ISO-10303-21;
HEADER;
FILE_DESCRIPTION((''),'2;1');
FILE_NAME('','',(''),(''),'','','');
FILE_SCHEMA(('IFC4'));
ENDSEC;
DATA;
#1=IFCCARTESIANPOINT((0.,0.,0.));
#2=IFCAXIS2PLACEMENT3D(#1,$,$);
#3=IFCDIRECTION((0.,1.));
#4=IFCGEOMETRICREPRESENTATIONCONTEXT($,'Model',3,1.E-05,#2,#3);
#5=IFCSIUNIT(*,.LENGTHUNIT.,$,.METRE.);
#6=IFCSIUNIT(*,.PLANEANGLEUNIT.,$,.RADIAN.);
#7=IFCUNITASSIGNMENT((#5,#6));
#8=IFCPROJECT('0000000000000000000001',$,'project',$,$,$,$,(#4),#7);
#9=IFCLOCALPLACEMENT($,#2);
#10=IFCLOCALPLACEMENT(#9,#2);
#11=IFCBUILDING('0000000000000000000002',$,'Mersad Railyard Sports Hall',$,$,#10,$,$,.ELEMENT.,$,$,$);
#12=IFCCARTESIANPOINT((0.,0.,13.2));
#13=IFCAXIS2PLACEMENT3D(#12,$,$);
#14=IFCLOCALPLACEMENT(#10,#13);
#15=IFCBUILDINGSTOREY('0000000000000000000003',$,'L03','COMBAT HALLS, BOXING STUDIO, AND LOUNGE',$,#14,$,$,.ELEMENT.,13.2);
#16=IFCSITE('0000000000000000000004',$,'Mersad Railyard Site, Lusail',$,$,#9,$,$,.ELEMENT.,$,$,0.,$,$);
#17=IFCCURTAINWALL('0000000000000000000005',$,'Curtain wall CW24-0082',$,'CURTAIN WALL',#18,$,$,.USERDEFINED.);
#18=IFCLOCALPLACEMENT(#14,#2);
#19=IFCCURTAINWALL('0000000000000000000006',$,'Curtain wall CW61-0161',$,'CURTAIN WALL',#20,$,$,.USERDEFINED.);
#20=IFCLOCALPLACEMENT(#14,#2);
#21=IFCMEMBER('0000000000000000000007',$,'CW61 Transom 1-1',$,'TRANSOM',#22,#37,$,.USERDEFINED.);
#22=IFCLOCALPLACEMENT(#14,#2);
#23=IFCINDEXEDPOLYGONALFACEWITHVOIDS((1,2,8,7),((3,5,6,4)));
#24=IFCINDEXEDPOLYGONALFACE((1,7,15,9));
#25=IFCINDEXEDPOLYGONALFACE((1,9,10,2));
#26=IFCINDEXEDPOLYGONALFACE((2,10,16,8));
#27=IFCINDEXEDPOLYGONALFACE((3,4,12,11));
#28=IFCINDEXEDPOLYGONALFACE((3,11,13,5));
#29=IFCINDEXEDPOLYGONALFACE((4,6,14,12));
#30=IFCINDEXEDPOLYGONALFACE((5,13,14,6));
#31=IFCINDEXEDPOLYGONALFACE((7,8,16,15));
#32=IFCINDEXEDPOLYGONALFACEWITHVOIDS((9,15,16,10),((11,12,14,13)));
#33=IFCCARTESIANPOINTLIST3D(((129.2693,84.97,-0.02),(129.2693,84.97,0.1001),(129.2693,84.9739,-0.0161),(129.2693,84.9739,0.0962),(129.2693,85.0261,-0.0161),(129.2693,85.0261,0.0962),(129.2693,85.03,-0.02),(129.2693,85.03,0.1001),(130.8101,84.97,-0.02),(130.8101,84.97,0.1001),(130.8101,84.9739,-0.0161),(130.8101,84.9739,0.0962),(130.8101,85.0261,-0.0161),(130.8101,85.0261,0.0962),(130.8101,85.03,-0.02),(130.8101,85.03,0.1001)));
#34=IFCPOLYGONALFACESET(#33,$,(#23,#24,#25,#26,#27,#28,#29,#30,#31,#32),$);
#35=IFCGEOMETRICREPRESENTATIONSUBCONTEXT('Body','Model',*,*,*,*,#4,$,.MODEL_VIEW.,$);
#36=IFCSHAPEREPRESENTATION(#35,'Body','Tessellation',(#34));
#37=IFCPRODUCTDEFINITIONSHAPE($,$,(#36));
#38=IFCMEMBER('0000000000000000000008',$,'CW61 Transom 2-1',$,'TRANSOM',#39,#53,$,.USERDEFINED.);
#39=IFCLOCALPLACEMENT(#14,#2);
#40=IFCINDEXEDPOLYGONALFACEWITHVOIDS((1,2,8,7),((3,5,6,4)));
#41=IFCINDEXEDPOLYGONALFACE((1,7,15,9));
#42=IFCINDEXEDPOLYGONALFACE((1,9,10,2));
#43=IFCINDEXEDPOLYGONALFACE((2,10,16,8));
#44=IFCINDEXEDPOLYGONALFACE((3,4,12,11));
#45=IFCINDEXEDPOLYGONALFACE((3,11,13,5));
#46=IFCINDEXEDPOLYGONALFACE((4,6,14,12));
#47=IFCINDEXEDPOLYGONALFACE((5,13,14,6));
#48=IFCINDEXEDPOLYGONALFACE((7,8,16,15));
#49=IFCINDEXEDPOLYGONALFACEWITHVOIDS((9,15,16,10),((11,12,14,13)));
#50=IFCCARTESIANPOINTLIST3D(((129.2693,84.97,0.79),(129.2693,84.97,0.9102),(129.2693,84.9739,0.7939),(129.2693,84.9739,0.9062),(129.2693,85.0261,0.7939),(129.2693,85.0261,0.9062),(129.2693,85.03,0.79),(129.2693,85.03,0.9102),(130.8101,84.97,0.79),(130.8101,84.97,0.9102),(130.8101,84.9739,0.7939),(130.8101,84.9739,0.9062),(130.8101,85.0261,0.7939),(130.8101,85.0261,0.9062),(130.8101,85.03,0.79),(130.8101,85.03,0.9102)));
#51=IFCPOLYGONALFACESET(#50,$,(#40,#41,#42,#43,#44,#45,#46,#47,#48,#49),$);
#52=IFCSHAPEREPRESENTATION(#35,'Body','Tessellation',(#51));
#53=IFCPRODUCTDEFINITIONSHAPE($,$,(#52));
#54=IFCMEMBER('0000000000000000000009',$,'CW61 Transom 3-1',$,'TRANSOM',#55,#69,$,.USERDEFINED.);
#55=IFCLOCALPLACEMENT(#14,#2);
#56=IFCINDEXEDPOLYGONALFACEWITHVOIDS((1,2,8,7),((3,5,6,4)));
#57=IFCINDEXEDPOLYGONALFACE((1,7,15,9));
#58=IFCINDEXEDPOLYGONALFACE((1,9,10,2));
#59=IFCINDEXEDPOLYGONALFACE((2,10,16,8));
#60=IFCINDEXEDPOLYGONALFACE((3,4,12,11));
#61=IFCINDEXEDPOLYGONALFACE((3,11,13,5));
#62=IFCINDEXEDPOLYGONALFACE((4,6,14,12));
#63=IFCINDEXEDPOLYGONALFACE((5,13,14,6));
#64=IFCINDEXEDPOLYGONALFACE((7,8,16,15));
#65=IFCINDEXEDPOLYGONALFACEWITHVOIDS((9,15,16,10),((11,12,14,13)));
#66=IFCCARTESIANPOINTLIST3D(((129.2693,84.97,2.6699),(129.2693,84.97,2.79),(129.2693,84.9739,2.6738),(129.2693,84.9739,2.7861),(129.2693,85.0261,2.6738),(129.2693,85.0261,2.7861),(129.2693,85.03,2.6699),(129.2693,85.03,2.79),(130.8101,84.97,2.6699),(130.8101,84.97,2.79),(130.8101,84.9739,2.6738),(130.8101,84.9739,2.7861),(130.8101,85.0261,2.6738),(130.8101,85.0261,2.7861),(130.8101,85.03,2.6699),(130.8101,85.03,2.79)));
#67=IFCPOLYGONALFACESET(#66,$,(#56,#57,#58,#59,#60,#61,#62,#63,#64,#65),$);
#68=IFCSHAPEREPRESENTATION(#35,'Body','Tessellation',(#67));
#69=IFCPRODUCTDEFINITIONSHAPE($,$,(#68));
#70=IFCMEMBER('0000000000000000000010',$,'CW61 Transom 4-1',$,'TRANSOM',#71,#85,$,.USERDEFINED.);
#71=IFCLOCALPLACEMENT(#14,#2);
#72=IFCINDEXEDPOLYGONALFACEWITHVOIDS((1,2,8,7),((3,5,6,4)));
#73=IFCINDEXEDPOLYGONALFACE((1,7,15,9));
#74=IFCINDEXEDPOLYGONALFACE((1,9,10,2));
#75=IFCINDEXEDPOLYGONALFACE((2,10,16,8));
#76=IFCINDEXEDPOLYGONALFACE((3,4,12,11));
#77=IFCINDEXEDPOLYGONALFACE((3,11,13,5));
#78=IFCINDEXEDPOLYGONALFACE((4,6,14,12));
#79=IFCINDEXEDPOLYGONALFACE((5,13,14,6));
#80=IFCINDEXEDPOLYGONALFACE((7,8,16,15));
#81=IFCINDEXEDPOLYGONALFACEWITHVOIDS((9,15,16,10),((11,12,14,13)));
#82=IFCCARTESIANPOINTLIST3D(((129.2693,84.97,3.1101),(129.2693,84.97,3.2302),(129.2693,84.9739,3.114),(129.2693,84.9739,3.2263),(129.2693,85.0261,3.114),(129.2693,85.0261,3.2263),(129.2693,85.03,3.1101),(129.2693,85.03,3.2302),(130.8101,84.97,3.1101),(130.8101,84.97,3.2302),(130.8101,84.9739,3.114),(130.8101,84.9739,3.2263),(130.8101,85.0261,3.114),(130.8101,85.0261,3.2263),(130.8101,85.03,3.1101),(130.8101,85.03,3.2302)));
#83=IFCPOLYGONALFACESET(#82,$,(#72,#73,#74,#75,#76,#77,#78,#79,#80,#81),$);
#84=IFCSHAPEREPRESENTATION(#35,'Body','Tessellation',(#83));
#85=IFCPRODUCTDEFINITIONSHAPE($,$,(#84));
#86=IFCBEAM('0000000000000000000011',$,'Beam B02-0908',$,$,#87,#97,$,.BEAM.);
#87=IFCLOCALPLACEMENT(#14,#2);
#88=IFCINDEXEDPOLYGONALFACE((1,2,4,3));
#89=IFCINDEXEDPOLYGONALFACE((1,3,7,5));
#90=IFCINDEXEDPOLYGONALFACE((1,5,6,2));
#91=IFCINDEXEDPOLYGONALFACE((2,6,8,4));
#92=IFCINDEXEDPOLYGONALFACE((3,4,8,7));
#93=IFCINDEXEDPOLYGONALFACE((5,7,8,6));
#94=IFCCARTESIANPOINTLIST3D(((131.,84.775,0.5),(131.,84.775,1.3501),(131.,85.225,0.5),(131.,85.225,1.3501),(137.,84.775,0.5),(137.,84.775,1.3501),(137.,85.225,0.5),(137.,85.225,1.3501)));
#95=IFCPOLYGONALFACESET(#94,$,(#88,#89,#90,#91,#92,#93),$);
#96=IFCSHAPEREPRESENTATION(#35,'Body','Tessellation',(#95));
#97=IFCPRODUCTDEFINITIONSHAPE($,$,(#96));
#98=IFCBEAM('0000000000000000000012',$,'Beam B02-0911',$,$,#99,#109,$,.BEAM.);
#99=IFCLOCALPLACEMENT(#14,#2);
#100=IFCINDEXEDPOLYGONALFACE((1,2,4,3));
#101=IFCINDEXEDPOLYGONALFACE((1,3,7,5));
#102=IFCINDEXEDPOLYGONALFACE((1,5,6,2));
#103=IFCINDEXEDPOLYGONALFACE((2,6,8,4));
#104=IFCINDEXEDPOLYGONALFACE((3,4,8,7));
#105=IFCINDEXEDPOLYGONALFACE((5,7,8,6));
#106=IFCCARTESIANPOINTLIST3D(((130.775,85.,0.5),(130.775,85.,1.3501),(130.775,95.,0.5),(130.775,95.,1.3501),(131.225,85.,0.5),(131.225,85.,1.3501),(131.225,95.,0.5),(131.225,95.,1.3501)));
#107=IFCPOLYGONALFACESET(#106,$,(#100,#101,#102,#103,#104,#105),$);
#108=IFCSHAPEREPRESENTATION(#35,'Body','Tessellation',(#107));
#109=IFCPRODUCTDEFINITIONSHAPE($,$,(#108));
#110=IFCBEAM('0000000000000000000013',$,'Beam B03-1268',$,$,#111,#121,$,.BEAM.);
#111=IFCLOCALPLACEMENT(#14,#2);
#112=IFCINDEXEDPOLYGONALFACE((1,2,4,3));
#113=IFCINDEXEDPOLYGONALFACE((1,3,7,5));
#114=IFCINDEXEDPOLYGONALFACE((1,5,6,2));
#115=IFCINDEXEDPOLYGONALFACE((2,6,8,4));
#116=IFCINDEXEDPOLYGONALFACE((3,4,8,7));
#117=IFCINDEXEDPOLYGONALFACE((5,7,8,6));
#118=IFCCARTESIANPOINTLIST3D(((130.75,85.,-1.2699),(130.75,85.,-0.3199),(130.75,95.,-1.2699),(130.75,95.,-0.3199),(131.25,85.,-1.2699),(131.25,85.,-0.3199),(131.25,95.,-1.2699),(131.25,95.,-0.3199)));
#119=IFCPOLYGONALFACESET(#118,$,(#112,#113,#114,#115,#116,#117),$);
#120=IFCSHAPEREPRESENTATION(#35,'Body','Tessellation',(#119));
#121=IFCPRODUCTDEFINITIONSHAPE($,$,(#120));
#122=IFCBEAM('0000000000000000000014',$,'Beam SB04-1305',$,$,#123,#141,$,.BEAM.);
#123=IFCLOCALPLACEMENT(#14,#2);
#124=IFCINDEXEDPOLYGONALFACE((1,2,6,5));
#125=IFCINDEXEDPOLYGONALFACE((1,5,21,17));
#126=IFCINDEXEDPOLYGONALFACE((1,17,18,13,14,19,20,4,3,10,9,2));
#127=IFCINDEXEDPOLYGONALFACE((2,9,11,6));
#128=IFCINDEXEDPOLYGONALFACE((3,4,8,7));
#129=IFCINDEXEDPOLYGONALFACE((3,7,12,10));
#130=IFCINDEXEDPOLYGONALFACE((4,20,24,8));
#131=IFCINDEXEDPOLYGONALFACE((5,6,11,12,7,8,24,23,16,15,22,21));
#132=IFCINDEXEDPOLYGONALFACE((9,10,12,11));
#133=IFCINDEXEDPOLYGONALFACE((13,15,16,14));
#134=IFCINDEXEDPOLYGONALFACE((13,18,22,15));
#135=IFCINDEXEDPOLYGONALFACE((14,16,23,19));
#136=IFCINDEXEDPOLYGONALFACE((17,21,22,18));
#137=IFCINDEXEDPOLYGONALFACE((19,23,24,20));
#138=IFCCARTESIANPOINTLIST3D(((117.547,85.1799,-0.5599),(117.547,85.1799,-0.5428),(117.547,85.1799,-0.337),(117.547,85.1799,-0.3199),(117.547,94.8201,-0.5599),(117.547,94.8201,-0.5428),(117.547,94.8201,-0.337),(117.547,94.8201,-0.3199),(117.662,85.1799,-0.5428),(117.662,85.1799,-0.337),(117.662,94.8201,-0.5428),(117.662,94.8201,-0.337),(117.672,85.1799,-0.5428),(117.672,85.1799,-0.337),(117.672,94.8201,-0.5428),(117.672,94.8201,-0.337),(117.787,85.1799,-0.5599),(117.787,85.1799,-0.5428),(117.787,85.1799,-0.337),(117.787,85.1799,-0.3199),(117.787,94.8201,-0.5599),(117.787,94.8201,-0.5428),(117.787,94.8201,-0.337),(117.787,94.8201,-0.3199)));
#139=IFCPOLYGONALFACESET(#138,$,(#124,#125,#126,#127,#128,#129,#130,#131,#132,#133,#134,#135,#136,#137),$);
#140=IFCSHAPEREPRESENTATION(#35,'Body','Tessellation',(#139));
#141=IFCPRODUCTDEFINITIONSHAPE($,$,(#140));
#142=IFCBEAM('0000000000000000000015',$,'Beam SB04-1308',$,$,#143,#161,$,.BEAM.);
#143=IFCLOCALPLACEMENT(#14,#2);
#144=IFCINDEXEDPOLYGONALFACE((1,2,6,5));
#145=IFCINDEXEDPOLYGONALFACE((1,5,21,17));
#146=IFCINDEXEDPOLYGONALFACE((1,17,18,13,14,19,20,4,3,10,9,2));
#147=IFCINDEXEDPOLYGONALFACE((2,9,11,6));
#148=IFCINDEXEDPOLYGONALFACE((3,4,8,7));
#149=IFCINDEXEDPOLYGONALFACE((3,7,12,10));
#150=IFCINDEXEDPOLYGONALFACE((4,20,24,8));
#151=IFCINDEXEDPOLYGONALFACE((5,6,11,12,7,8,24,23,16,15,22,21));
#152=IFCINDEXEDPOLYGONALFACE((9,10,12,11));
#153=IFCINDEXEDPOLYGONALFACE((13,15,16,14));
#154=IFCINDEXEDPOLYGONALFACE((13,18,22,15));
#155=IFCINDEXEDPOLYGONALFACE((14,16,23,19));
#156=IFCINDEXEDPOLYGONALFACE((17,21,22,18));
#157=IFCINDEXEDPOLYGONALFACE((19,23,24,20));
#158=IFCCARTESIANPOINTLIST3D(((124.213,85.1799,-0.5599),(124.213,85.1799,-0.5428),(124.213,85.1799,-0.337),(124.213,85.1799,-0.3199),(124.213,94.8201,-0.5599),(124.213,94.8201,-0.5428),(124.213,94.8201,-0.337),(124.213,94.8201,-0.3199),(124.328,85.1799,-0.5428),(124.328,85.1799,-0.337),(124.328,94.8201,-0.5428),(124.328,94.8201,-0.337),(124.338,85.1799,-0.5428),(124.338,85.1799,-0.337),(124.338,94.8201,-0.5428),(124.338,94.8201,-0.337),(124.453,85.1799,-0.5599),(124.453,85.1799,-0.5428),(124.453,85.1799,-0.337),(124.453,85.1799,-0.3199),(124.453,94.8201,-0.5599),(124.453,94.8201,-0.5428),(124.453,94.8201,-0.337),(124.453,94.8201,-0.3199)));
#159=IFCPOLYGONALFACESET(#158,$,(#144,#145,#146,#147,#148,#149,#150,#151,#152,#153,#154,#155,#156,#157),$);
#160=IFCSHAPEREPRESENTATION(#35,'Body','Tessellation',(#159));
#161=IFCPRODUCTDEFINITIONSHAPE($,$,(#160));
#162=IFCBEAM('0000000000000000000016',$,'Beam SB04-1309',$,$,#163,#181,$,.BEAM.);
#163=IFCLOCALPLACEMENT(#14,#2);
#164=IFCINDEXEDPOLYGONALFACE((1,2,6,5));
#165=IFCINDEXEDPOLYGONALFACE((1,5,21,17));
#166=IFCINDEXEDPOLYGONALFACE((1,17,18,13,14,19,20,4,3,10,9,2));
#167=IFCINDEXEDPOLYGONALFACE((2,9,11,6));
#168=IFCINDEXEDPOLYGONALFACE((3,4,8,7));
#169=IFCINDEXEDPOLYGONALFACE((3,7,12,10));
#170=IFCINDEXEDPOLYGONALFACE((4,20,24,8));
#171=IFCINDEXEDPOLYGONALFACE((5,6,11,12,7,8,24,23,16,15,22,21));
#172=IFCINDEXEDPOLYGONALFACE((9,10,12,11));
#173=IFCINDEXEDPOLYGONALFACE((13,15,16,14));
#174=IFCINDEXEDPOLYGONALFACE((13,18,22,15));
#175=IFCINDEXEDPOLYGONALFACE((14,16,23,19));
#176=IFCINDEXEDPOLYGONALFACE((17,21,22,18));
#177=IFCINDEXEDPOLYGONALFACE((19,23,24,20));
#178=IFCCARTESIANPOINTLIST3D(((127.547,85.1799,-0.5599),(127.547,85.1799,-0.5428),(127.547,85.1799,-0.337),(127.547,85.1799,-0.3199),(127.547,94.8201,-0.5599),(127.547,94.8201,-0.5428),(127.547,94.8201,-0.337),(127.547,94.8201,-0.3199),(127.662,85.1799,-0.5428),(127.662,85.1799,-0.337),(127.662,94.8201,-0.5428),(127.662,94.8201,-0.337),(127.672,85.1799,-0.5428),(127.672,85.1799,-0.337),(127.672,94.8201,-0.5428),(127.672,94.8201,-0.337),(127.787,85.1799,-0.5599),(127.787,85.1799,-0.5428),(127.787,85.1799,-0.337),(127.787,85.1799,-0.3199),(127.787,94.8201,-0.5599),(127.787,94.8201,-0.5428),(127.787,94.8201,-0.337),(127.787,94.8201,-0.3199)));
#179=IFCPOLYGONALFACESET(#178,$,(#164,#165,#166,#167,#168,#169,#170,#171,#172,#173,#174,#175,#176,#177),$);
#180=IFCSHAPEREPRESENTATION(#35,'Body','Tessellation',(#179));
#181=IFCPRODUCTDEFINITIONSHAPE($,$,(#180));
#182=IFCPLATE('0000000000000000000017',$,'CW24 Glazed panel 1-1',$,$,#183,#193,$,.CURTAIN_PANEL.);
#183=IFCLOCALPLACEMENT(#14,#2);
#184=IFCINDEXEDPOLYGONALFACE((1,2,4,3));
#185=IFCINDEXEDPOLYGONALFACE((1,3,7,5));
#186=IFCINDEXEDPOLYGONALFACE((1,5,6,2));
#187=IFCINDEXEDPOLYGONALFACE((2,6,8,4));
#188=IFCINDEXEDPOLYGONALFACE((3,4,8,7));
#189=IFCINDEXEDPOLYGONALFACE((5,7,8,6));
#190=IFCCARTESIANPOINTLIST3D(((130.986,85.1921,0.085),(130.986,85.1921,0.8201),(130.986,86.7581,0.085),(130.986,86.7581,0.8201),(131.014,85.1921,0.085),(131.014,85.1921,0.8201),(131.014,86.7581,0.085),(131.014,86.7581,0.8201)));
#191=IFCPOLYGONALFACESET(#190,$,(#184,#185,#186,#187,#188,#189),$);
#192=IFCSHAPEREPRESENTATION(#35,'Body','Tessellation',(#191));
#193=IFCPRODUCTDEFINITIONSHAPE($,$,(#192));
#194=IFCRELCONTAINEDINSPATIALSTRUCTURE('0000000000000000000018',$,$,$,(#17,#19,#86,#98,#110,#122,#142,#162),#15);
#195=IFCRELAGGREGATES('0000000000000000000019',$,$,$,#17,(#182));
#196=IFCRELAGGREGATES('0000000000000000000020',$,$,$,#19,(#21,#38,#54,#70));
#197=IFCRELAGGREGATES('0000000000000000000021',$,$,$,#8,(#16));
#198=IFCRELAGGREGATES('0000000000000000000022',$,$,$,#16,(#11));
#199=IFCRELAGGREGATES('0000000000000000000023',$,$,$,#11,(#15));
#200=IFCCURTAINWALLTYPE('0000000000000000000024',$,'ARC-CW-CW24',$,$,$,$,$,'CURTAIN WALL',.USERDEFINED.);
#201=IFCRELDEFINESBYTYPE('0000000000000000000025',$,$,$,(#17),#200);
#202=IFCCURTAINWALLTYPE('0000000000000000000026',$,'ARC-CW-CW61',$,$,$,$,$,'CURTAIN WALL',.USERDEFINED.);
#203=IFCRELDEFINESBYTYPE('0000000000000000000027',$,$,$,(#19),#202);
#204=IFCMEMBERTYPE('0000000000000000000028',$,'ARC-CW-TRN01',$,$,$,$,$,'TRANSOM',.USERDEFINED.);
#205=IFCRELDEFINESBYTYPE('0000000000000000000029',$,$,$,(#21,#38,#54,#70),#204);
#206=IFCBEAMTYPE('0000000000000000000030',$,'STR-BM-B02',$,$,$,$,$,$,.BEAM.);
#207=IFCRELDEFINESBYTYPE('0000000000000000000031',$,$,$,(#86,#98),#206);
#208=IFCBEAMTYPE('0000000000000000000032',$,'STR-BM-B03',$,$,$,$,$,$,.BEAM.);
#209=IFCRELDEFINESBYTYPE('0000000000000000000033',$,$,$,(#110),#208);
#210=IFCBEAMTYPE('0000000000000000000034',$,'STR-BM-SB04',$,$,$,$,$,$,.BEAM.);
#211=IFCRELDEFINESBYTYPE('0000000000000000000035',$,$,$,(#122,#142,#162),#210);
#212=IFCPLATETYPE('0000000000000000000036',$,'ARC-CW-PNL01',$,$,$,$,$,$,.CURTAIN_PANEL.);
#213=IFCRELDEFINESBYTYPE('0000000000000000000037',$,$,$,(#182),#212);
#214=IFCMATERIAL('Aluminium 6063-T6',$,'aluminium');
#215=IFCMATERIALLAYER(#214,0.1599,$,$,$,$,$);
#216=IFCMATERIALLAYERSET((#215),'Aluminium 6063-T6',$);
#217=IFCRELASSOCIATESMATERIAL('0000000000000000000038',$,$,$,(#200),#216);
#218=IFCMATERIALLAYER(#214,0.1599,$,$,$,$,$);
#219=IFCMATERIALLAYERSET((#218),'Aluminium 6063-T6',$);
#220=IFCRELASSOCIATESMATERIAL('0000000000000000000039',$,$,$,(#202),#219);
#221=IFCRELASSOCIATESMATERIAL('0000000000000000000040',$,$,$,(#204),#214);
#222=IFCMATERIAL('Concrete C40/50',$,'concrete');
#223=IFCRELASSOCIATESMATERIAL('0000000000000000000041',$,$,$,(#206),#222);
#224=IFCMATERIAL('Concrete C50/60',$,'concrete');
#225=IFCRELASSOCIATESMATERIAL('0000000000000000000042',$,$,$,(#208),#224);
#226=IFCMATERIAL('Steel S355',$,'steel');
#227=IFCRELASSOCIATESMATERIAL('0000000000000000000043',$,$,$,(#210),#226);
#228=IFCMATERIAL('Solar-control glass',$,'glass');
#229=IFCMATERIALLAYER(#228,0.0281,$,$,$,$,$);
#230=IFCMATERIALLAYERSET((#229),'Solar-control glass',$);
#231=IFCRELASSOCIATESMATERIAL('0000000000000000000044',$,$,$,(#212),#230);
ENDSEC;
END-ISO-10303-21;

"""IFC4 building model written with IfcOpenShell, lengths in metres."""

from ifc_helpers import new_model, si_unit, direction, frame, origin, origin_2d, place, context, subcontext, project, spatial, rectangle, hollow_rectangle, i_section, extrude, material, layer, layer_set, material_profile, profile_set, type_object, element, aggregate, save


model = new_model("IFC4")

# Units and contexts
model_context = context("Model", 3, precision=1e-05, world=origin(), true_north=direction((0.0, 1.0)))
body_context = subcontext(model_context, "Body", "Model", "MODEL_VIEW")
ifc_project = project(units=[si_unit("LENGTHUNIT", "METRE"), si_unit("PLANEANGLEUNIT", "RADIAN")], contexts=[model_context])

# Site, building, storey
site_placement = place(None, origin())
site = spatial("IfcSite", under=ifc_project, at=site_placement, Name="Mersad Railyard Site, Lusail", CompositionType="ELEMENT", RefElevation=0.0)
building_placement = place(site_placement, origin())
building = spatial("IfcBuilding", under=site, at=building_placement, Name="Mersad Railyard Sports Hall", CompositionType="ELEMENT")
storey_placement = place(building_placement, frame((0.0, 0.0, 13.2)))
storey = spatial("IfcBuildingStorey", under=building, at=storey_placement, Name="L03", Description="COMBAT HALLS, BOXING STUDIO, AND LOUNGE", CompositionType="ELEMENT", Elevation=13.2)

# Shared definitions
ifc_material_1 = material(Name="Steel S355", Category="steel")

# Curtain wall
ifc_material_2 = material(Name="Aluminium 6063-T6", Category="aluminium")
ifc_layer_1 = layer(ifc_material_2, 0.1599)
ifc_layer_set_1 = layer_set([ifc_layer_1], Name="Aluminium 6063-T6")
curtain_wall_type_1 = type_object("IfcCurtainWallType", Name="ARC-CW-CW24", ElementType="CURTAIN WALL", PredefinedType="USERDEFINED", material=ifc_layer_set_1)
curtain_wall_1_placement = place(storey_placement, origin())
curtain_wall_1 = element("IfcCurtainWall", 1, at=curtain_wall_1_placement, inside=storey, type_object=curtain_wall_type_1, Name="Curtain wall CW24-0082", ObjectType="CURTAIN WALL", PredefinedType="USERDEFINED")

# Curtain wall
ifc_layer_2 = layer(ifc_material_2, 0.1599)
ifc_layer_set_2 = layer_set([ifc_layer_2], Name="Aluminium 6063-T6")
curtain_wall_type_2 = type_object("IfcCurtainWallType", Name="ARC-CW-CW61", ElementType="CURTAIN WALL", PredefinedType="USERDEFINED", material=ifc_layer_set_2)
curtain_wall_2_placement = place(storey_placement, origin())
curtain_wall_2 = element("IfcCurtainWall", 2, at=curtain_wall_2_placement, inside=storey, type_object=curtain_wall_type_2, Name="Curtain wall CW61-0161", ObjectType="CURTAIN WALL", PredefinedType="USERDEFINED")

# Members
ifc_material_profile_1 = material_profile(ifc_material_2, hollow_rectangle(XDim=0.0601, YDim=0.1201, WallThickness=0.0039, at=origin_2d()), Name="AL TRANSOM 60x120x4")
ifc_profile_set_1 = profile_set([ifc_material_profile_1], Name="Aluminium 6063-T6")
member_type_1 = type_object("IfcMemberType", Name="ARC-CW-TRN01", ElementType="TRANSOM", PredefinedType="USERDEFINED", material=ifc_profile_set_1)
member_1_placement = place(storey_placement, frame((130.8101, 85.0, 0.04), z_axis=(-1.0, 0.0, 0.0), x_axis=(0.0, -1.0, 0.0)))
member_1 = element("IfcMember", 3, at=member_1_placement, type_object=member_type_1, Name="CW61 Transom 1-1", ObjectType="TRANSOM", PredefinedType="USERDEFINED", context=body_context, shape_type="SweptSolid", body=[
    extrude(hollow_rectangle(XDim=0.0601, YDim=0.1201, WallThickness=0.0039, at=origin_2d()), origin(), (0.0, 0.0, 1.0), 1.5408),
])
member_2_placement = place(storey_placement, frame((130.8101, 85.0, 0.8501), z_axis=(-1.0, 0.0, 0.0), x_axis=(0.0, -1.0, 0.0)))
member_2 = element("IfcMember", 4, at=member_2_placement, type_object=member_type_1, Name="CW61 Transom 2-1", ObjectType="TRANSOM", PredefinedType="USERDEFINED", context=body_context, shape_type="SweptSolid", body=[
    extrude(hollow_rectangle(XDim=0.0601, YDim=0.1201, WallThickness=0.0039, at=origin_2d()), origin(), (0.0, 0.0, 1.0), 1.5408),
])
member_3_placement = place(storey_placement, frame((130.8101, 85.0, 2.73), z_axis=(-1.0, 0.0, 0.0), x_axis=(0.0, -1.0, 0.0)))
member_3 = element("IfcMember", 5, at=member_3_placement, type_object=member_type_1, Name="CW61 Transom 3-1", ObjectType="TRANSOM", PredefinedType="USERDEFINED", context=body_context, shape_type="SweptSolid", body=[
    extrude(hollow_rectangle(XDim=0.0601, YDim=0.1201, WallThickness=0.0039, at=origin_2d()), origin(), (0.0, 0.0, 1.0), 1.5408),
])
member_4_placement = place(storey_placement, frame((130.8101, 85.0, 3.1702), z_axis=(-1.0, 0.0, 0.0), x_axis=(0.0, -1.0, 0.0)))
member_4 = element("IfcMember", 6, at=member_4_placement, type_object=member_type_1, Name="CW61 Transom 4-1", ObjectType="TRANSOM", PredefinedType="USERDEFINED", context=body_context, shape_type="SweptSolid", body=[
    extrude(hollow_rectangle(XDim=0.0601, YDim=0.1201, WallThickness=0.0039, at=origin_2d()), origin(), (0.0, 0.0, 1.0), 1.5408),
])

# Beams
ifc_material_3 = material(Name="Concrete C40/50", Category="concrete")
ifc_material_profile_2 = material_profile(ifc_material_3, rectangle(XDim=0.45, YDim=0.8501, at=origin_2d()), Name="RC 450x850")
ifc_profile_set_2 = profile_set([ifc_material_profile_2], Name="Concrete C40/50")
beam_type_1 = type_object("IfcBeamType", Name="STR-BM-B02", PredefinedType="BEAM", material=ifc_profile_set_2)
beam_1_placement = place(storey_placement, frame((131.0, 85.0, 0.925), z_axis=(1.0, 0.0, 0.0), x_axis=(0.0, 1.0, 0.0)))
element("IfcBeam", 7, at=beam_1_placement, inside=storey, type_object=beam_type_1, Name="Beam B02-0908", PredefinedType="BEAM", context=body_context, shape_type="SweptSolid", body=[
    extrude(rectangle(XDim=0.45, YDim=0.8501, at=origin_2d()), origin(), (0.0, 0.0, 1.0), 6.0),
])
beam_2_placement = place(storey_placement, frame((131.0, 85.0, 0.925), z_axis=(0.0, 1.0, 0.0), x_axis=(-1.0, 0.0, 0.0)))
element("IfcBeam", 8, at=beam_2_placement, inside=storey, type_object=beam_type_1, Name="Beam B02-0911", PredefinedType="BEAM", context=body_context, shape_type="SweptSolid", body=[
    extrude(rectangle(XDim=0.45, YDim=0.8501, at=origin_2d()), origin(), (0.0, 0.0, 1.0), 10.0),
])
ifc_material_4 = material(Name="Concrete C50/60", Category="concrete")
ifc_material_profile_3 = material_profile(ifc_material_4, rectangle(XDim=0.5, YDim=0.95, at=origin_2d()), Name="RC 500x950")
ifc_profile_set_3 = profile_set([ifc_material_profile_3], Name="Concrete C50/60")
beam_type_2 = type_object("IfcBeamType", Name="STR-BM-B03", PredefinedType="BEAM", material=ifc_profile_set_3)
beam_3_placement = place(storey_placement, frame((131.0, 85.0, -0.7949), z_axis=(0.0, 1.0, 0.0), x_axis=(-1.0, 0.0, 0.0)))
element("IfcBeam", 9, at=beam_3_placement, inside=storey, type_object=beam_type_2, Name="Beam B03-1268", PredefinedType="BEAM", context=body_context, shape_type="SweptSolid", body=[
    extrude(rectangle(XDim=0.5, YDim=0.95, at=origin_2d()), origin(), (0.0, 0.0, 1.0), 10.0),
])
ifc_material_profile_4 = material_profile(ifc_material_1, i_section(OverallWidth=0.24, OverallDepth=0.24, WebThickness=0.01, FlangeThickness=0.0171, at=origin_2d()), Name="HEB 240")
ifc_profile_set_4 = profile_set([ifc_material_profile_4], Name="Steel S355")
beam_type_3 = type_object("IfcBeamType", Name="STR-BM-SB04", PredefinedType="BEAM", material=ifc_profile_set_4)
for number, where, z_axis, x_axis, name in (
    (10, (117.667, 85.1799, -0.4399), (0.0, 1.0, 0.0), (-1.0, 0.0, 0.0), "Beam SB04-1305"),
    (11, (124.333, 85.1799, -0.4399), (0.0, 1.0, 0.0), (-1.0, 0.0, 0.0), "Beam SB04-1308"),
    (12, (127.667, 85.1799, -0.4399), (0.0, 1.0, 0.0), (-1.0, 0.0, 0.0), "Beam SB04-1309"),
):
    element("IfcBeam", number, at=place(storey_placement, frame(where, z_axis=z_axis, x_axis=x_axis)), inside=storey, type_object=beam_type_3, Name=name, PredefinedType="BEAM", context=body_context, shape_type="SweptSolid", body=[
        extrude(i_section(OverallWidth=0.24, OverallDepth=0.24, WebThickness=0.01, FlangeThickness=0.0171, at=origin_2d()), origin(), (0.0, 0.0, 1.0), 9.6401),
    ])

# Plate
ifc_material_5 = material(Name="Solar-control glass", Category="glass")
ifc_layer_3 = layer(ifc_material_5, 0.0281)
ifc_layer_set_3 = layer_set([ifc_layer_3], Name="Solar-control glass")
plate_type = type_object("IfcPlateType", Name="ARC-CW-PNL01", PredefinedType="CURTAIN_PANEL", material=ifc_layer_set_3)
plate_1_placement = place(storey_placement, frame((131.0, 85.9751, 0.085), z_axis=(0.0, 0.0, 1.0), x_axis=(0.0, 1.0, 0.0)))
plate_1 = element("IfcPlate", 13, at=plate_1_placement, type_object=plate_type, Name="CW24 Glazed panel 1-1", PredefinedType="CURTAIN_PANEL", context=body_context, shape_type="SweptSolid", body=[
    extrude(rectangle(XDim=1.5659, YDim=0.0281, at=origin_2d()), origin(), (0.0, 0.0, 1.0), 0.7351),
])
aggregate(curtain_wall_1, [plate_1])
aggregate(curtain_wall_2, [member_1, member_2, member_3, member_4])

save(model, "model.ifc")
